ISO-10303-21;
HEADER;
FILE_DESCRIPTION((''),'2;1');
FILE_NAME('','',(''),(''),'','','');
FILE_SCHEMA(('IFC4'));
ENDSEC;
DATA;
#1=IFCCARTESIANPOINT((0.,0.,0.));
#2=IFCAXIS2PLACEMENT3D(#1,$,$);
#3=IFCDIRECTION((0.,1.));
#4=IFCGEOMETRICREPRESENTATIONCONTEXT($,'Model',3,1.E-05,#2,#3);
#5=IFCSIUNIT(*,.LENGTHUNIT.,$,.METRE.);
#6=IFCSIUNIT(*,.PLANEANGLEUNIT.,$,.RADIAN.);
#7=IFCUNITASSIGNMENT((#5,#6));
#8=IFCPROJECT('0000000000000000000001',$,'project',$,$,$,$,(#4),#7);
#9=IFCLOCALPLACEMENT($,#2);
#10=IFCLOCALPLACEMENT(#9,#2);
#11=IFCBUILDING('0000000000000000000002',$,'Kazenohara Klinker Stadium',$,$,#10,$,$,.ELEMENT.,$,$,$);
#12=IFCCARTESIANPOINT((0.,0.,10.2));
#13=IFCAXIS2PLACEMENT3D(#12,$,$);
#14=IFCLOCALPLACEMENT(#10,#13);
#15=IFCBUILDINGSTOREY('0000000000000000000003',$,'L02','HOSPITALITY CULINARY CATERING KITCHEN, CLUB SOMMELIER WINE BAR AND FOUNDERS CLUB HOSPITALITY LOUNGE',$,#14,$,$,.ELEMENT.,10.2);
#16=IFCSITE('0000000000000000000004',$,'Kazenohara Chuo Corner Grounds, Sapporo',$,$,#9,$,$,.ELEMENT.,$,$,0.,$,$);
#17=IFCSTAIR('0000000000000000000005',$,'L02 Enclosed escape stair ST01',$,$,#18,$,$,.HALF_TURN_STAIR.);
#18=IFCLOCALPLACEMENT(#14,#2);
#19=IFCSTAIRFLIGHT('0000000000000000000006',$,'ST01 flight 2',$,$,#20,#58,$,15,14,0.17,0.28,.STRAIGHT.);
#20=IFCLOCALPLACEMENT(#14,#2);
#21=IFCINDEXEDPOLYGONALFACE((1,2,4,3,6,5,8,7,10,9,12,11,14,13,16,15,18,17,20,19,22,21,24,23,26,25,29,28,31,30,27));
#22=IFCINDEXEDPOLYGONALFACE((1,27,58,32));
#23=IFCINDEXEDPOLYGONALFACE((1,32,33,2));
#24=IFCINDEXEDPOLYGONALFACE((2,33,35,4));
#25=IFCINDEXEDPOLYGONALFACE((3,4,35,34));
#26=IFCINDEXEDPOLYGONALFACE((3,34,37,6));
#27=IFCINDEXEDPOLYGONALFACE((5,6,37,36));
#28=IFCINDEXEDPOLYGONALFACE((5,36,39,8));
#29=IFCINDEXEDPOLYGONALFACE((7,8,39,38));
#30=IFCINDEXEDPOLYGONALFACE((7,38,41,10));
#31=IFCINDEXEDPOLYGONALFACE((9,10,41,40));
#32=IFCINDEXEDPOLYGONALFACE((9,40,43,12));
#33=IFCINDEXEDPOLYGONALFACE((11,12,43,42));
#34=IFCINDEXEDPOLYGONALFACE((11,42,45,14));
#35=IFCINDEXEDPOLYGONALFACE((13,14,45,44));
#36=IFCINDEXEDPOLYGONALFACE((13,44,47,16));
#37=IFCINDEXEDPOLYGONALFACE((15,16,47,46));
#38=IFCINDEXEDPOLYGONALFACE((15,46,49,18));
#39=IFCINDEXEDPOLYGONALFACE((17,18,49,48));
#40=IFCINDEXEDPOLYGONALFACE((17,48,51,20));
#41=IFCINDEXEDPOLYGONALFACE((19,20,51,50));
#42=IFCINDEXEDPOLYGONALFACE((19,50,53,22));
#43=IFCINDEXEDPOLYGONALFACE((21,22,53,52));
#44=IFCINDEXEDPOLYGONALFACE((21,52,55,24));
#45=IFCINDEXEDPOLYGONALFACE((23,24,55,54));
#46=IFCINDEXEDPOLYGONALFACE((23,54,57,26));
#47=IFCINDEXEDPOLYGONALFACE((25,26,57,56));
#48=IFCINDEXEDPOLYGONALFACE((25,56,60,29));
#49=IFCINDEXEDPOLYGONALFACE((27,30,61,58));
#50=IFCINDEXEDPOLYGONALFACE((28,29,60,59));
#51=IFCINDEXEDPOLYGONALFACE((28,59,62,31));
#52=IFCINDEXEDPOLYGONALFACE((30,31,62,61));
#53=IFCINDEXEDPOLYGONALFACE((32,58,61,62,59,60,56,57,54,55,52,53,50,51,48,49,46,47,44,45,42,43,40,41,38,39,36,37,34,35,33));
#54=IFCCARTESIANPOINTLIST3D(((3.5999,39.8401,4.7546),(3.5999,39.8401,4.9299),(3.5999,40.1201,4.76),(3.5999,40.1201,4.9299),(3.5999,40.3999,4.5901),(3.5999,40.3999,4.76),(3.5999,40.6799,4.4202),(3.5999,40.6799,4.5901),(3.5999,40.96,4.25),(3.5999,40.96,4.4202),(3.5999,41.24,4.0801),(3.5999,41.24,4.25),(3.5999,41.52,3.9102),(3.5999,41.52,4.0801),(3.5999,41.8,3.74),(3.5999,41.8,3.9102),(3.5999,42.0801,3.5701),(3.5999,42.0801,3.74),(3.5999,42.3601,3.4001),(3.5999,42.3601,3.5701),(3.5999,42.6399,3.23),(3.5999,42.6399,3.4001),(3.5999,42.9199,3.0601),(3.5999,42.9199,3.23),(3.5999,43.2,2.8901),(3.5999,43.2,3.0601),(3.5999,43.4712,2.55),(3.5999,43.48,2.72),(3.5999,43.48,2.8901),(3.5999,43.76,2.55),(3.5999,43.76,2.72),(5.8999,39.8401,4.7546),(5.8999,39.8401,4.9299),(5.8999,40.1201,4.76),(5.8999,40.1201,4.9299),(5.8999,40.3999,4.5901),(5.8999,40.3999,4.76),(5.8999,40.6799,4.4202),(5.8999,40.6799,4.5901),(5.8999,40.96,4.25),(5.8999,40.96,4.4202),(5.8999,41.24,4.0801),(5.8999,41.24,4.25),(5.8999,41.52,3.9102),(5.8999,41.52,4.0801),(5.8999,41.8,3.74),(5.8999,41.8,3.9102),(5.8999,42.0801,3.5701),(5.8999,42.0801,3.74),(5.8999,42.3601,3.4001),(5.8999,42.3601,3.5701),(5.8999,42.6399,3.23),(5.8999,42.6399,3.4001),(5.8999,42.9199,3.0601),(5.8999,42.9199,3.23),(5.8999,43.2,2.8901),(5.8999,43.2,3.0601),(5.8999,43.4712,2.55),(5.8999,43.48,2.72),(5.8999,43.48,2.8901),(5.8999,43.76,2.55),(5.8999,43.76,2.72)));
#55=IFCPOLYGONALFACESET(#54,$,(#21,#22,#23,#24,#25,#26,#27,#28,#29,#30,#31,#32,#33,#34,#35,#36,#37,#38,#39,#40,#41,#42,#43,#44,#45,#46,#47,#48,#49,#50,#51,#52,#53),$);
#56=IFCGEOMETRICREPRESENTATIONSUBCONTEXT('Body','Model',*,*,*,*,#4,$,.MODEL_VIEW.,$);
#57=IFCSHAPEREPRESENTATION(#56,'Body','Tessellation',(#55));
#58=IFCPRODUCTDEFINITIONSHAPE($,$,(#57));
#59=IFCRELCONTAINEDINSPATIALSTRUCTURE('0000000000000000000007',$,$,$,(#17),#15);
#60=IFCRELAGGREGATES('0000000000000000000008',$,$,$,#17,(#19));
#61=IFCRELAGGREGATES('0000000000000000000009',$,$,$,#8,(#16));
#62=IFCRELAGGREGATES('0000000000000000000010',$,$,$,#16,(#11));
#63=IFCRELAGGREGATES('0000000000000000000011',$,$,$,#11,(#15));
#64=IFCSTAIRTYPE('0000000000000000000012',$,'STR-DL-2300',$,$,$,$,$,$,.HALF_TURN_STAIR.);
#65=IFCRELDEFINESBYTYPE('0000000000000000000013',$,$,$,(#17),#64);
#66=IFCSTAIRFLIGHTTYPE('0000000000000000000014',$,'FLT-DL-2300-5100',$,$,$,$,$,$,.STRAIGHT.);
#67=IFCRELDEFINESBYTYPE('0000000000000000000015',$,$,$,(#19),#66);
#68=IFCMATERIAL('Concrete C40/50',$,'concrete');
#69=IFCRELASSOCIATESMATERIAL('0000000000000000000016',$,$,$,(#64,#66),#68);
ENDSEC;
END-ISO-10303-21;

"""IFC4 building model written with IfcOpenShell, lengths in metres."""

from ifc_helpers import new_model, si_unit, direction, frame, origin, place, context, subcontext, project, spatial, polyline, outline, extrude, material, type_object, element, aggregate, save


model = new_model("IFC4")

# Units and contexts
model_context = context("Model", 3, precision=1e-05, world=origin(), true_north=direction((0.0, 1.0)))
body_context = subcontext(model_context, "Body", "Model", "MODEL_VIEW")
ifc_project = project(units=[si_unit("LENGTHUNIT", "METRE"), si_unit("PLANEANGLEUNIT", "RADIAN")], contexts=[model_context])

# Site, building, storey
site_placement = place(None, origin())
site = spatial("IfcSite", under=ifc_project, at=site_placement, Name="Kazenohara Chuo Corner Grounds, Sapporo", CompositionType="ELEMENT", RefElevation=0.0)
building_placement = place(site_placement, origin())
building = spatial("IfcBuilding", under=site, at=building_placement, Name="Kazenohara Klinker Stadium", CompositionType="ELEMENT")
storey_placement = place(building_placement, frame((0.0, 0.0, 10.2)))
storey = spatial("IfcBuildingStorey", under=building, at=storey_placement, Name="L02", Description="HOSPITALITY CULINARY CATERING KITCHEN, CLUB SOMMELIER WINE BAR AND FOUNDERS CLUB HOSPITALITY LOUNGE", CompositionType="ELEMENT", Elevation=10.2)

# Shared definitions
ifc_material_1 = material(Name="Concrete C40/50", Category="concrete")

# Stair, stair flight
stair_type = type_object("IfcStairType", Name="STR-DL-2300", PredefinedType="HALF_TURN_STAIR", material=ifc_material_1)
stair_placement = place(storey_placement, origin())
stair = element("IfcStair", 1, at=stair_placement, inside=storey, type_object=stair_type, Name="L02 Enclosed escape stair ST01", PredefinedType="HALF_TURN_STAIR")
stair_flight_type = type_object("IfcStairFlightType", Name="FLT-DL-2300-5100", PredefinedType="STRAIGHT", material=ifc_material_1)
stair_flight_placement = place(storey_placement, frame((4.75, 43.76, 2.55), z_axis=(0.0, 0.0, 1.0), x_axis=(0.0, -1.0, 0.0)))
stair_flight = element("IfcStairFlight", 2, at=stair_flight_placement, type_object=stair_flight_type, Name="ST01 flight 2", NumberOfRisers=15, NumberOfTreads=14, PredefinedType="STRAIGHT", RiserHeight=0.17, TreadLength=0.28, context=body_context, shape_type="SweptSolid", body=[
    extrude(outline(polyline([(0.0, 0.0), (0.0, 0.1699), (0.28, 0.1699), (0.28, 0.3401), (0.5601, 0.3401), (0.5601, 0.51), (0.8401, 0.51), (0.8401, 0.6799), (1.1201, 0.6799), (1.1201, 0.8501), (1.3999, 0.8501), (1.3999, 1.02), (1.6799, 1.02), (1.6799, 1.1899), (1.96, 1.1899), (1.96, 1.3601), (2.24, 1.3601), (2.24, 1.53), (2.52, 1.53), (2.52, 1.7), (2.8, 1.7), (2.8, 1.8701), (3.0801, 1.8701), (3.0801, 2.04), (3.3601, 2.04), (3.3601, 2.21), (3.6399, 2.21), (3.6399, 2.3799), (3.9199, 2.3799), (3.9199, 2.55), (3.9199, 2.2046), (0.2888, 0.0), (0.0, 0.0)])), frame((0.0, 1.1499, 0.0), z_axis=(0.0, -1.0, 0.0), x_axis=(1.0, 0.0, 0.0)), (0.0, 0.0, 1.0), 2.3),
])
aggregate(stair, [stair_flight])

save(model, "model.ifc")
